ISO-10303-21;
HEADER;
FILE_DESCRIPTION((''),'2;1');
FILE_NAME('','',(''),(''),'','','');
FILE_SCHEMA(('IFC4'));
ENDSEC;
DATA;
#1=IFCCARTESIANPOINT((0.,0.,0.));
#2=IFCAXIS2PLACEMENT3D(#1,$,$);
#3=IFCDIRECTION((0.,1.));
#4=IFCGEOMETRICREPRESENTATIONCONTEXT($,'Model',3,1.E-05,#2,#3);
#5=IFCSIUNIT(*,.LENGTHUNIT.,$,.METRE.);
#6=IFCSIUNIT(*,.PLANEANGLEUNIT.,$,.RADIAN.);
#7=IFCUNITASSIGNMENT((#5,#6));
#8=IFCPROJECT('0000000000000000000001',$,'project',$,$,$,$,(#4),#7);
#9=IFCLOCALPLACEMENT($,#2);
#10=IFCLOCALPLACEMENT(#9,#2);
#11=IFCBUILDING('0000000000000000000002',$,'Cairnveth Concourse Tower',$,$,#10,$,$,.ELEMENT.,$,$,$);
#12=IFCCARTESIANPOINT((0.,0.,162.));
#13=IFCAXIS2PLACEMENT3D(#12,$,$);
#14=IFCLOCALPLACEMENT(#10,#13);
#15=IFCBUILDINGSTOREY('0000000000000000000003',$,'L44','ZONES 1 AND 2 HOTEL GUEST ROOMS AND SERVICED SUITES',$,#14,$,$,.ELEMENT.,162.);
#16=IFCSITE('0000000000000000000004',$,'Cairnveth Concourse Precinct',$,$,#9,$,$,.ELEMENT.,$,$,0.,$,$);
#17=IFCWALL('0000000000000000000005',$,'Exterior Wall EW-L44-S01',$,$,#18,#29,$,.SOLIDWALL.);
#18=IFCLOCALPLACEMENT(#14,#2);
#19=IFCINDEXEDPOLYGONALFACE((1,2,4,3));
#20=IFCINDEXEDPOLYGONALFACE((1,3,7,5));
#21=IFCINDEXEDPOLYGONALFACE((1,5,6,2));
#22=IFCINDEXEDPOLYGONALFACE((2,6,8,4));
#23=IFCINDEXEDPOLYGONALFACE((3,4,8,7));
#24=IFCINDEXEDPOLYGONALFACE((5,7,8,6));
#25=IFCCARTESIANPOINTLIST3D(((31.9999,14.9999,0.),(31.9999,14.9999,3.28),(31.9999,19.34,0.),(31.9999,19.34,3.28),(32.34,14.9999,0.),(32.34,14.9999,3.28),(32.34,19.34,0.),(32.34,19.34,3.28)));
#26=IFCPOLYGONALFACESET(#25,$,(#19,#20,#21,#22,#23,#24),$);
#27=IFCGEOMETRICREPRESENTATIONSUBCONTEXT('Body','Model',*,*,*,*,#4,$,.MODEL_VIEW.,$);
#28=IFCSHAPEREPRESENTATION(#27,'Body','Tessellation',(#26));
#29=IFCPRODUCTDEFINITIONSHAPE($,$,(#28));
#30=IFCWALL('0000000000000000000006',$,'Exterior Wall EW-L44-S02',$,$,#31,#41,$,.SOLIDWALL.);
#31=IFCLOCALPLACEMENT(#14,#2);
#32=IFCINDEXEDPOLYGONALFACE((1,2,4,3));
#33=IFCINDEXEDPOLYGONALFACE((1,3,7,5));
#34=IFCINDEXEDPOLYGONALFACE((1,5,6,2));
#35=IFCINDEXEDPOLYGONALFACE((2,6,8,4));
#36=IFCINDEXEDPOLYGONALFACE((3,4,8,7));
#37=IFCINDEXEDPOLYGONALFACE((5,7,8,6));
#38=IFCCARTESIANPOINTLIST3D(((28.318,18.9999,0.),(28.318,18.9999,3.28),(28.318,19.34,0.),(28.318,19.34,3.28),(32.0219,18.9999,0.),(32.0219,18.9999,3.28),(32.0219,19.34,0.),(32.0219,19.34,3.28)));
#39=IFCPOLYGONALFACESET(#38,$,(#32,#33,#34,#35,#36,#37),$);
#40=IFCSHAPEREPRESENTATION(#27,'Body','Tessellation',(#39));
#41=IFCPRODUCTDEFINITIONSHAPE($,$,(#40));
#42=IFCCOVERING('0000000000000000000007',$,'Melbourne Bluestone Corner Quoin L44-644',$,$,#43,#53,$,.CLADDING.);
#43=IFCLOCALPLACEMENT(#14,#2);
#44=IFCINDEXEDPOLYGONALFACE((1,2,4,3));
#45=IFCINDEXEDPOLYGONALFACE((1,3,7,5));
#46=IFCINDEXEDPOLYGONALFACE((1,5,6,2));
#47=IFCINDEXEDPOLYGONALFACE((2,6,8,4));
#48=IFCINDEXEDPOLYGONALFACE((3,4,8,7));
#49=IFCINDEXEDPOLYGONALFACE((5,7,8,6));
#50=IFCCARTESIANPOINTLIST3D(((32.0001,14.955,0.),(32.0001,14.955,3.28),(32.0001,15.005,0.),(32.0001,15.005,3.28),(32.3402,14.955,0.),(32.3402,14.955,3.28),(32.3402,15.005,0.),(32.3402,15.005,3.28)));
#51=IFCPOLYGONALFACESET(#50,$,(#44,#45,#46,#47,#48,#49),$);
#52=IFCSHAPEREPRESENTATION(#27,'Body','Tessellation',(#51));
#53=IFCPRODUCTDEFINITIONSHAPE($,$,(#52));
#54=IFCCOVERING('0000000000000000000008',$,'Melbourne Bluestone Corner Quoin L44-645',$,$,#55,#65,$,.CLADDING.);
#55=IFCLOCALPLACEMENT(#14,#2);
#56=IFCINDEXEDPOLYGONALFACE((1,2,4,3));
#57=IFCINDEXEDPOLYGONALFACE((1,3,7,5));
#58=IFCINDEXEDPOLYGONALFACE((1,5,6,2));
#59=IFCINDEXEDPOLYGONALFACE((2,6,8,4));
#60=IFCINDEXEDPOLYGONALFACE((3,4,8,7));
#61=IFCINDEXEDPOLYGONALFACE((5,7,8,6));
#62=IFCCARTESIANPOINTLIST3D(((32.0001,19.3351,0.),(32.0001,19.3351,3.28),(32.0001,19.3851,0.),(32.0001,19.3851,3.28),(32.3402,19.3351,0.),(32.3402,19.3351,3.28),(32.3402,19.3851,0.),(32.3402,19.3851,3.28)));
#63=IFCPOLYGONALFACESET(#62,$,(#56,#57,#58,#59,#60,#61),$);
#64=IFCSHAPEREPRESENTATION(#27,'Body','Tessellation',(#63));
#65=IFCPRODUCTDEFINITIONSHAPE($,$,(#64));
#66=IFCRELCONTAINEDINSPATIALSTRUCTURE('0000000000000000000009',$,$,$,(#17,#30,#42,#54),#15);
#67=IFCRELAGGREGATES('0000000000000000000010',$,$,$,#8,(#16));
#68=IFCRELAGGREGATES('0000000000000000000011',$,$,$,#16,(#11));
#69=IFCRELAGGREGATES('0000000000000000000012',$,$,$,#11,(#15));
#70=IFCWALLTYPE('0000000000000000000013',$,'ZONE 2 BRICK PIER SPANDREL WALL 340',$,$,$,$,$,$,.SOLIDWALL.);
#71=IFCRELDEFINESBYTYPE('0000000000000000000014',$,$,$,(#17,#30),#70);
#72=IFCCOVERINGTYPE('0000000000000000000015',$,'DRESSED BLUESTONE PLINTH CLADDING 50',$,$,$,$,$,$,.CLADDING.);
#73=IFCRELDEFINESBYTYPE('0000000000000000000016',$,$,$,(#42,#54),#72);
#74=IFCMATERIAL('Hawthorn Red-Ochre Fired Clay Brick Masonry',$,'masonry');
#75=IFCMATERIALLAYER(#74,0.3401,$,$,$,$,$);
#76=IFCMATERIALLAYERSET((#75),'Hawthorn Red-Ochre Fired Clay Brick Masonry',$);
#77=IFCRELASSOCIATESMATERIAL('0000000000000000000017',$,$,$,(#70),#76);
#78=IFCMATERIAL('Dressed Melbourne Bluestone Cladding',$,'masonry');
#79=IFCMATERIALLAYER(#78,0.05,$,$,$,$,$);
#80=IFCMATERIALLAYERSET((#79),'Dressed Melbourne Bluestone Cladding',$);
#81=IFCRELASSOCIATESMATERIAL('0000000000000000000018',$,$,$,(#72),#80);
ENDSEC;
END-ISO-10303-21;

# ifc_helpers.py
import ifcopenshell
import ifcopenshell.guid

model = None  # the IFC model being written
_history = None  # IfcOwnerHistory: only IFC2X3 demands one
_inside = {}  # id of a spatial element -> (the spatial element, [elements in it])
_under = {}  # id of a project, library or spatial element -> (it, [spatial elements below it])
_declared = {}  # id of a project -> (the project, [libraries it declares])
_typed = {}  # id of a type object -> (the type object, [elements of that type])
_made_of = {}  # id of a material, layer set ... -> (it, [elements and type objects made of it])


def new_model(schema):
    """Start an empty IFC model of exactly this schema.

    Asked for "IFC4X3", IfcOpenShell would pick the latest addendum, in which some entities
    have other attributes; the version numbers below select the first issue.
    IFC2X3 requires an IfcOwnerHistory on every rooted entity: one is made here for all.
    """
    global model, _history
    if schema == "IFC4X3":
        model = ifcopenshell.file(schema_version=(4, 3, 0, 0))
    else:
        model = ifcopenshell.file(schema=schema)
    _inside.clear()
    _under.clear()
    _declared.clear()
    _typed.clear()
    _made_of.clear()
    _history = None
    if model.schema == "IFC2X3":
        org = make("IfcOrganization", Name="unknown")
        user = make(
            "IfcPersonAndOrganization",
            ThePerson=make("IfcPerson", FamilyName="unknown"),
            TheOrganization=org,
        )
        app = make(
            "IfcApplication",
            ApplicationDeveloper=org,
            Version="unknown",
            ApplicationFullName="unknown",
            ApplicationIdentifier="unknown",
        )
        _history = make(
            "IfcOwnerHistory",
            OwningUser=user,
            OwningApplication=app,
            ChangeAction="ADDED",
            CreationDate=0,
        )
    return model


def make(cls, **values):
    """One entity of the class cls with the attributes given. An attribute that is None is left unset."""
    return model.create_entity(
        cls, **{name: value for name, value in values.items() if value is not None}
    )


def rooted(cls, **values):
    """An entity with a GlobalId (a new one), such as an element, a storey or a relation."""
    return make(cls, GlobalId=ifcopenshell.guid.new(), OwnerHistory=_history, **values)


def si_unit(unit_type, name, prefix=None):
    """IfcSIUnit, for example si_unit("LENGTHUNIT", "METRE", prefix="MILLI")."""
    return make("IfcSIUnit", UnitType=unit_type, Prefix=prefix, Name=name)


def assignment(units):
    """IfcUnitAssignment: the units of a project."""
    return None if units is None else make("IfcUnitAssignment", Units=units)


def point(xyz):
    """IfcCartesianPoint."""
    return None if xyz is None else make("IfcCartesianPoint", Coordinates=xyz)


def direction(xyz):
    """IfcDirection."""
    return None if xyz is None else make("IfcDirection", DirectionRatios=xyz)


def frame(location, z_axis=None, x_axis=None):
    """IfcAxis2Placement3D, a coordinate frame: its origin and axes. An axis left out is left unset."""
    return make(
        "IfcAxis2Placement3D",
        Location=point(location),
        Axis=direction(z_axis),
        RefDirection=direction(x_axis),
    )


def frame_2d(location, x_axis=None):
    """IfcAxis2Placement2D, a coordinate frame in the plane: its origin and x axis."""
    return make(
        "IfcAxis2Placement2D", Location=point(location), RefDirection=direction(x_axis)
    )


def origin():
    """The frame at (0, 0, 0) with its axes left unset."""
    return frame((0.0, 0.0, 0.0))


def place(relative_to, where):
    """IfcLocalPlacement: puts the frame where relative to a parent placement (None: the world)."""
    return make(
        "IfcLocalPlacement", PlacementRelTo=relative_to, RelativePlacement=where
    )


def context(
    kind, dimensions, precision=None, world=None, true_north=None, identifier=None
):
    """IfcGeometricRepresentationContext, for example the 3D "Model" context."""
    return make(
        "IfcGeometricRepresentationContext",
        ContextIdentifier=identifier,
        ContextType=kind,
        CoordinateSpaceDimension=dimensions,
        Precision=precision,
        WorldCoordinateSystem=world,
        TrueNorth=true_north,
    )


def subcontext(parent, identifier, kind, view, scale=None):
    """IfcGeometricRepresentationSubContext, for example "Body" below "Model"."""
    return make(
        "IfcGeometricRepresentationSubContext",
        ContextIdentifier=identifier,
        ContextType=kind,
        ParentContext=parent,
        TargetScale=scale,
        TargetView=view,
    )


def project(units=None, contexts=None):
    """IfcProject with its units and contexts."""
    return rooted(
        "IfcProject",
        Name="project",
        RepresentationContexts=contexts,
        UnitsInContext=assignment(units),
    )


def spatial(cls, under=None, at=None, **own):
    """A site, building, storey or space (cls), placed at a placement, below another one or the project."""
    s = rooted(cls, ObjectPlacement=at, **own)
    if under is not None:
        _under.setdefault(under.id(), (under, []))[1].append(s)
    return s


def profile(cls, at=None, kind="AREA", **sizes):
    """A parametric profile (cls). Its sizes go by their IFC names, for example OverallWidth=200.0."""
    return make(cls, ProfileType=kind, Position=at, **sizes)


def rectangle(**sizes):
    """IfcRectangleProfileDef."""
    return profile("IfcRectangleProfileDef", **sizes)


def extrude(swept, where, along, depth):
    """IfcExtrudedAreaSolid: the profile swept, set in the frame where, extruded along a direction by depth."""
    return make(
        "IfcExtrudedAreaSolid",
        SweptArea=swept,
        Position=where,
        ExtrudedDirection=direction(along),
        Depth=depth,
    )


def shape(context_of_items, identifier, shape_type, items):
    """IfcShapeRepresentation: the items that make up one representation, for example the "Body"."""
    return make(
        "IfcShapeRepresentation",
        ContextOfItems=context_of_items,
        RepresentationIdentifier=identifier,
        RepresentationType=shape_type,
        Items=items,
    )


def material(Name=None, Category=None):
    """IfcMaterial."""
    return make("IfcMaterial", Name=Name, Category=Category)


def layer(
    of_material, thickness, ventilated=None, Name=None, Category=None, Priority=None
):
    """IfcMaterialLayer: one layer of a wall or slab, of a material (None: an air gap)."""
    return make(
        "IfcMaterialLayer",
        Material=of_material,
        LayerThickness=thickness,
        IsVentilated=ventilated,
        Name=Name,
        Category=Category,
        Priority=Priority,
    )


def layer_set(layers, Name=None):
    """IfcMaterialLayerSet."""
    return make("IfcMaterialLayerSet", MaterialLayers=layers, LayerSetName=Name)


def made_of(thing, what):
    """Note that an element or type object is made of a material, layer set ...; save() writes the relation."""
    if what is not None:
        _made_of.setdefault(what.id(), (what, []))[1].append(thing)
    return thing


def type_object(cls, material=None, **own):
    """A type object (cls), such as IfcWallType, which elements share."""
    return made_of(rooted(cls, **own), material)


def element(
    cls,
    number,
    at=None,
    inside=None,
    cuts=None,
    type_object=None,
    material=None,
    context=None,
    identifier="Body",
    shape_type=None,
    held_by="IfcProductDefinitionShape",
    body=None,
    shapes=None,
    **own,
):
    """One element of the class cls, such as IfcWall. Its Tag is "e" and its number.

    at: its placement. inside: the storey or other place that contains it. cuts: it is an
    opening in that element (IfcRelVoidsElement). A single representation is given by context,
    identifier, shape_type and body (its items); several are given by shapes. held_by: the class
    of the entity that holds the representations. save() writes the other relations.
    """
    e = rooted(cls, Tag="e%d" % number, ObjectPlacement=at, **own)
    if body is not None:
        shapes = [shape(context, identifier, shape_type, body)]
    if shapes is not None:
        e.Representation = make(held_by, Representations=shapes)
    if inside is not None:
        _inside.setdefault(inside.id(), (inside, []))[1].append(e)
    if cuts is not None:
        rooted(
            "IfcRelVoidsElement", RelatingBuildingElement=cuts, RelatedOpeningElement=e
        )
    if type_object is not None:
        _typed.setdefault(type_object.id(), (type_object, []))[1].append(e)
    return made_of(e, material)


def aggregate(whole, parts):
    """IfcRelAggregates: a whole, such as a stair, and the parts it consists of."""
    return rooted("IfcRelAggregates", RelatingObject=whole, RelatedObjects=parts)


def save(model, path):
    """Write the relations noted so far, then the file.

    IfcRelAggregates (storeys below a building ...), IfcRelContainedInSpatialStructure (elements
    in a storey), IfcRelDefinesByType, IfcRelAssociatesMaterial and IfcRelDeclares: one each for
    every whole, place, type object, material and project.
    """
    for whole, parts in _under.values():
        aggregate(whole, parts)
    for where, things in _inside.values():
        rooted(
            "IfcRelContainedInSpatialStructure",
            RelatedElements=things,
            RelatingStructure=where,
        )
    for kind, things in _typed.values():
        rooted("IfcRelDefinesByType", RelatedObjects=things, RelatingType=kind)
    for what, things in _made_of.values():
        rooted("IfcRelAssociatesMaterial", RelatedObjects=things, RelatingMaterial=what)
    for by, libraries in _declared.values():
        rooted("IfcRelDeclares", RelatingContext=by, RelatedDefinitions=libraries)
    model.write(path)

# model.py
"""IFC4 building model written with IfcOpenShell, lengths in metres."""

from ifc_helpers import new_model, si_unit, direction, frame, frame_2d, origin, place, context, subcontext, project, spatial, rectangle, extrude, material, layer, layer_set, type_object, element, save


model = new_model("IFC4")

# Units and contexts
model_context = context("Model", 3, precision=1e-05, world=origin(), true_north=direction((0.0, 1.0)))
body_context = subcontext(model_context, "Body", "Model", "MODEL_VIEW")
ifc_project = project(units=[si_unit("LENGTHUNIT", "METRE"), si_unit("PLANEANGLEUNIT", "RADIAN")], contexts=[model_context])

# Site, building, storey
site_placement = place(None, origin())
site = spatial("IfcSite", under=ifc_project, at=site_placement, Name="Cairnveth Concourse Precinct", CompositionType="ELEMENT", RefElevation=0.0)
building_placement = place(site_placement, origin())
building = spatial("IfcBuilding", under=site, at=building_placement, Name="Cairnveth Concourse Tower", CompositionType="ELEMENT")
storey_placement = place(building_placement, frame((0.0, 0.0, 162.0)))
storey = spatial("IfcBuildingStorey", under=building, at=storey_placement, Name="L44", Description="ZONES 1 AND 2 HOTEL GUEST ROOMS AND SERVICED SUITES", CompositionType="ELEMENT", Elevation=162.0)

# Walls
ifc_material_1 = material(Name="Hawthorn Red-Ochre Fired Clay Brick Masonry", Category="masonry")
ifc_layer_1 = layer(ifc_material_1, 0.3401)
ifc_layer_set_1 = layer_set([ifc_layer_1], Name="Hawthorn Red-Ochre Fired Clay Brick Masonry")
wall_type = type_object("IfcWallType", Name="ZONE 2 BRICK PIER SPANDREL WALL 340", PredefinedType="SOLIDWALL", material=ifc_layer_set_1)
wall_1_placement = place(storey_placement, frame((32.1699, 15.0, 0.0), z_axis=(0.0, 0.0, 1.0), x_axis=(0.0, 1.0, 0.0)))
element("IfcWall", 1, at=wall_1_placement, inside=storey, type_object=wall_type, Name="Exterior Wall EW-L44-S01", PredefinedType="SOLIDWALL", context=body_context, shape_type="SweptSolid", body=[
    extrude(rectangle(XDim=4.3401, YDim=0.3401, at=frame_2d((2.1699, 0.0))), origin(), (0.0, 0.0, 1.0), 3.28),
])
wall_2_placement = place(storey_placement, frame((32.022, 19.1699, 0.0), z_axis=(0.0, 0.0, 1.0), x_axis=(-1.0, 0.0, 0.0)))
element("IfcWall", 2, at=wall_2_placement, inside=storey, type_object=wall_type, Name="Exterior Wall EW-L44-S02", PredefinedType="SOLIDWALL", context=body_context, shape_type="SweptSolid", body=[
    extrude(rectangle(XDim=3.7039, YDim=0.3401, at=frame_2d((1.8521, 0.0))), origin(), (0.0, 0.0, 1.0), 3.28),
])

# Coverings
ifc_material_2 = material(Name="Dressed Melbourne Bluestone Cladding", Category="masonry")
ifc_layer_2 = layer(ifc_material_2, 0.05)
ifc_layer_set_2 = layer_set([ifc_layer_2], Name="Dressed Melbourne Bluestone Cladding")
covering_type = type_object("IfcCoveringType", Name="DRESSED BLUESTONE PLINTH CLADDING 50", PredefinedType="CLADDING", material=ifc_layer_set_2)
for number, where, z_axis, x_axis, name in (
    (3, (32.3401, 14.98, 0.0), (0.0, 0.0, 1.0), (-1.0, 0.0, 0.0), "Melbourne Bluestone Corner Quoin L44-644"),
    (4, (32.3401, 19.3601, 0.0), (0.0, 0.0, 1.0), (-1.0, 0.0, 0.0), "Melbourne Bluestone Corner Quoin L44-645"),
):
    element("IfcCovering", number, at=place(storey_placement, frame(where, z_axis=z_axis, x_axis=x_axis)), inside=storey, type_object=covering_type, Name=name, PredefinedType="CLADDING", context=body_context, shape_type="SweptSolid", body=[
        extrude(rectangle(XDim=0.3401, YDim=0.05, at=frame_2d((0.1699, 0.0))), origin(), (0.0, 0.0, 1.0), 3.28),
    ])

save(model, "model.ifc")
